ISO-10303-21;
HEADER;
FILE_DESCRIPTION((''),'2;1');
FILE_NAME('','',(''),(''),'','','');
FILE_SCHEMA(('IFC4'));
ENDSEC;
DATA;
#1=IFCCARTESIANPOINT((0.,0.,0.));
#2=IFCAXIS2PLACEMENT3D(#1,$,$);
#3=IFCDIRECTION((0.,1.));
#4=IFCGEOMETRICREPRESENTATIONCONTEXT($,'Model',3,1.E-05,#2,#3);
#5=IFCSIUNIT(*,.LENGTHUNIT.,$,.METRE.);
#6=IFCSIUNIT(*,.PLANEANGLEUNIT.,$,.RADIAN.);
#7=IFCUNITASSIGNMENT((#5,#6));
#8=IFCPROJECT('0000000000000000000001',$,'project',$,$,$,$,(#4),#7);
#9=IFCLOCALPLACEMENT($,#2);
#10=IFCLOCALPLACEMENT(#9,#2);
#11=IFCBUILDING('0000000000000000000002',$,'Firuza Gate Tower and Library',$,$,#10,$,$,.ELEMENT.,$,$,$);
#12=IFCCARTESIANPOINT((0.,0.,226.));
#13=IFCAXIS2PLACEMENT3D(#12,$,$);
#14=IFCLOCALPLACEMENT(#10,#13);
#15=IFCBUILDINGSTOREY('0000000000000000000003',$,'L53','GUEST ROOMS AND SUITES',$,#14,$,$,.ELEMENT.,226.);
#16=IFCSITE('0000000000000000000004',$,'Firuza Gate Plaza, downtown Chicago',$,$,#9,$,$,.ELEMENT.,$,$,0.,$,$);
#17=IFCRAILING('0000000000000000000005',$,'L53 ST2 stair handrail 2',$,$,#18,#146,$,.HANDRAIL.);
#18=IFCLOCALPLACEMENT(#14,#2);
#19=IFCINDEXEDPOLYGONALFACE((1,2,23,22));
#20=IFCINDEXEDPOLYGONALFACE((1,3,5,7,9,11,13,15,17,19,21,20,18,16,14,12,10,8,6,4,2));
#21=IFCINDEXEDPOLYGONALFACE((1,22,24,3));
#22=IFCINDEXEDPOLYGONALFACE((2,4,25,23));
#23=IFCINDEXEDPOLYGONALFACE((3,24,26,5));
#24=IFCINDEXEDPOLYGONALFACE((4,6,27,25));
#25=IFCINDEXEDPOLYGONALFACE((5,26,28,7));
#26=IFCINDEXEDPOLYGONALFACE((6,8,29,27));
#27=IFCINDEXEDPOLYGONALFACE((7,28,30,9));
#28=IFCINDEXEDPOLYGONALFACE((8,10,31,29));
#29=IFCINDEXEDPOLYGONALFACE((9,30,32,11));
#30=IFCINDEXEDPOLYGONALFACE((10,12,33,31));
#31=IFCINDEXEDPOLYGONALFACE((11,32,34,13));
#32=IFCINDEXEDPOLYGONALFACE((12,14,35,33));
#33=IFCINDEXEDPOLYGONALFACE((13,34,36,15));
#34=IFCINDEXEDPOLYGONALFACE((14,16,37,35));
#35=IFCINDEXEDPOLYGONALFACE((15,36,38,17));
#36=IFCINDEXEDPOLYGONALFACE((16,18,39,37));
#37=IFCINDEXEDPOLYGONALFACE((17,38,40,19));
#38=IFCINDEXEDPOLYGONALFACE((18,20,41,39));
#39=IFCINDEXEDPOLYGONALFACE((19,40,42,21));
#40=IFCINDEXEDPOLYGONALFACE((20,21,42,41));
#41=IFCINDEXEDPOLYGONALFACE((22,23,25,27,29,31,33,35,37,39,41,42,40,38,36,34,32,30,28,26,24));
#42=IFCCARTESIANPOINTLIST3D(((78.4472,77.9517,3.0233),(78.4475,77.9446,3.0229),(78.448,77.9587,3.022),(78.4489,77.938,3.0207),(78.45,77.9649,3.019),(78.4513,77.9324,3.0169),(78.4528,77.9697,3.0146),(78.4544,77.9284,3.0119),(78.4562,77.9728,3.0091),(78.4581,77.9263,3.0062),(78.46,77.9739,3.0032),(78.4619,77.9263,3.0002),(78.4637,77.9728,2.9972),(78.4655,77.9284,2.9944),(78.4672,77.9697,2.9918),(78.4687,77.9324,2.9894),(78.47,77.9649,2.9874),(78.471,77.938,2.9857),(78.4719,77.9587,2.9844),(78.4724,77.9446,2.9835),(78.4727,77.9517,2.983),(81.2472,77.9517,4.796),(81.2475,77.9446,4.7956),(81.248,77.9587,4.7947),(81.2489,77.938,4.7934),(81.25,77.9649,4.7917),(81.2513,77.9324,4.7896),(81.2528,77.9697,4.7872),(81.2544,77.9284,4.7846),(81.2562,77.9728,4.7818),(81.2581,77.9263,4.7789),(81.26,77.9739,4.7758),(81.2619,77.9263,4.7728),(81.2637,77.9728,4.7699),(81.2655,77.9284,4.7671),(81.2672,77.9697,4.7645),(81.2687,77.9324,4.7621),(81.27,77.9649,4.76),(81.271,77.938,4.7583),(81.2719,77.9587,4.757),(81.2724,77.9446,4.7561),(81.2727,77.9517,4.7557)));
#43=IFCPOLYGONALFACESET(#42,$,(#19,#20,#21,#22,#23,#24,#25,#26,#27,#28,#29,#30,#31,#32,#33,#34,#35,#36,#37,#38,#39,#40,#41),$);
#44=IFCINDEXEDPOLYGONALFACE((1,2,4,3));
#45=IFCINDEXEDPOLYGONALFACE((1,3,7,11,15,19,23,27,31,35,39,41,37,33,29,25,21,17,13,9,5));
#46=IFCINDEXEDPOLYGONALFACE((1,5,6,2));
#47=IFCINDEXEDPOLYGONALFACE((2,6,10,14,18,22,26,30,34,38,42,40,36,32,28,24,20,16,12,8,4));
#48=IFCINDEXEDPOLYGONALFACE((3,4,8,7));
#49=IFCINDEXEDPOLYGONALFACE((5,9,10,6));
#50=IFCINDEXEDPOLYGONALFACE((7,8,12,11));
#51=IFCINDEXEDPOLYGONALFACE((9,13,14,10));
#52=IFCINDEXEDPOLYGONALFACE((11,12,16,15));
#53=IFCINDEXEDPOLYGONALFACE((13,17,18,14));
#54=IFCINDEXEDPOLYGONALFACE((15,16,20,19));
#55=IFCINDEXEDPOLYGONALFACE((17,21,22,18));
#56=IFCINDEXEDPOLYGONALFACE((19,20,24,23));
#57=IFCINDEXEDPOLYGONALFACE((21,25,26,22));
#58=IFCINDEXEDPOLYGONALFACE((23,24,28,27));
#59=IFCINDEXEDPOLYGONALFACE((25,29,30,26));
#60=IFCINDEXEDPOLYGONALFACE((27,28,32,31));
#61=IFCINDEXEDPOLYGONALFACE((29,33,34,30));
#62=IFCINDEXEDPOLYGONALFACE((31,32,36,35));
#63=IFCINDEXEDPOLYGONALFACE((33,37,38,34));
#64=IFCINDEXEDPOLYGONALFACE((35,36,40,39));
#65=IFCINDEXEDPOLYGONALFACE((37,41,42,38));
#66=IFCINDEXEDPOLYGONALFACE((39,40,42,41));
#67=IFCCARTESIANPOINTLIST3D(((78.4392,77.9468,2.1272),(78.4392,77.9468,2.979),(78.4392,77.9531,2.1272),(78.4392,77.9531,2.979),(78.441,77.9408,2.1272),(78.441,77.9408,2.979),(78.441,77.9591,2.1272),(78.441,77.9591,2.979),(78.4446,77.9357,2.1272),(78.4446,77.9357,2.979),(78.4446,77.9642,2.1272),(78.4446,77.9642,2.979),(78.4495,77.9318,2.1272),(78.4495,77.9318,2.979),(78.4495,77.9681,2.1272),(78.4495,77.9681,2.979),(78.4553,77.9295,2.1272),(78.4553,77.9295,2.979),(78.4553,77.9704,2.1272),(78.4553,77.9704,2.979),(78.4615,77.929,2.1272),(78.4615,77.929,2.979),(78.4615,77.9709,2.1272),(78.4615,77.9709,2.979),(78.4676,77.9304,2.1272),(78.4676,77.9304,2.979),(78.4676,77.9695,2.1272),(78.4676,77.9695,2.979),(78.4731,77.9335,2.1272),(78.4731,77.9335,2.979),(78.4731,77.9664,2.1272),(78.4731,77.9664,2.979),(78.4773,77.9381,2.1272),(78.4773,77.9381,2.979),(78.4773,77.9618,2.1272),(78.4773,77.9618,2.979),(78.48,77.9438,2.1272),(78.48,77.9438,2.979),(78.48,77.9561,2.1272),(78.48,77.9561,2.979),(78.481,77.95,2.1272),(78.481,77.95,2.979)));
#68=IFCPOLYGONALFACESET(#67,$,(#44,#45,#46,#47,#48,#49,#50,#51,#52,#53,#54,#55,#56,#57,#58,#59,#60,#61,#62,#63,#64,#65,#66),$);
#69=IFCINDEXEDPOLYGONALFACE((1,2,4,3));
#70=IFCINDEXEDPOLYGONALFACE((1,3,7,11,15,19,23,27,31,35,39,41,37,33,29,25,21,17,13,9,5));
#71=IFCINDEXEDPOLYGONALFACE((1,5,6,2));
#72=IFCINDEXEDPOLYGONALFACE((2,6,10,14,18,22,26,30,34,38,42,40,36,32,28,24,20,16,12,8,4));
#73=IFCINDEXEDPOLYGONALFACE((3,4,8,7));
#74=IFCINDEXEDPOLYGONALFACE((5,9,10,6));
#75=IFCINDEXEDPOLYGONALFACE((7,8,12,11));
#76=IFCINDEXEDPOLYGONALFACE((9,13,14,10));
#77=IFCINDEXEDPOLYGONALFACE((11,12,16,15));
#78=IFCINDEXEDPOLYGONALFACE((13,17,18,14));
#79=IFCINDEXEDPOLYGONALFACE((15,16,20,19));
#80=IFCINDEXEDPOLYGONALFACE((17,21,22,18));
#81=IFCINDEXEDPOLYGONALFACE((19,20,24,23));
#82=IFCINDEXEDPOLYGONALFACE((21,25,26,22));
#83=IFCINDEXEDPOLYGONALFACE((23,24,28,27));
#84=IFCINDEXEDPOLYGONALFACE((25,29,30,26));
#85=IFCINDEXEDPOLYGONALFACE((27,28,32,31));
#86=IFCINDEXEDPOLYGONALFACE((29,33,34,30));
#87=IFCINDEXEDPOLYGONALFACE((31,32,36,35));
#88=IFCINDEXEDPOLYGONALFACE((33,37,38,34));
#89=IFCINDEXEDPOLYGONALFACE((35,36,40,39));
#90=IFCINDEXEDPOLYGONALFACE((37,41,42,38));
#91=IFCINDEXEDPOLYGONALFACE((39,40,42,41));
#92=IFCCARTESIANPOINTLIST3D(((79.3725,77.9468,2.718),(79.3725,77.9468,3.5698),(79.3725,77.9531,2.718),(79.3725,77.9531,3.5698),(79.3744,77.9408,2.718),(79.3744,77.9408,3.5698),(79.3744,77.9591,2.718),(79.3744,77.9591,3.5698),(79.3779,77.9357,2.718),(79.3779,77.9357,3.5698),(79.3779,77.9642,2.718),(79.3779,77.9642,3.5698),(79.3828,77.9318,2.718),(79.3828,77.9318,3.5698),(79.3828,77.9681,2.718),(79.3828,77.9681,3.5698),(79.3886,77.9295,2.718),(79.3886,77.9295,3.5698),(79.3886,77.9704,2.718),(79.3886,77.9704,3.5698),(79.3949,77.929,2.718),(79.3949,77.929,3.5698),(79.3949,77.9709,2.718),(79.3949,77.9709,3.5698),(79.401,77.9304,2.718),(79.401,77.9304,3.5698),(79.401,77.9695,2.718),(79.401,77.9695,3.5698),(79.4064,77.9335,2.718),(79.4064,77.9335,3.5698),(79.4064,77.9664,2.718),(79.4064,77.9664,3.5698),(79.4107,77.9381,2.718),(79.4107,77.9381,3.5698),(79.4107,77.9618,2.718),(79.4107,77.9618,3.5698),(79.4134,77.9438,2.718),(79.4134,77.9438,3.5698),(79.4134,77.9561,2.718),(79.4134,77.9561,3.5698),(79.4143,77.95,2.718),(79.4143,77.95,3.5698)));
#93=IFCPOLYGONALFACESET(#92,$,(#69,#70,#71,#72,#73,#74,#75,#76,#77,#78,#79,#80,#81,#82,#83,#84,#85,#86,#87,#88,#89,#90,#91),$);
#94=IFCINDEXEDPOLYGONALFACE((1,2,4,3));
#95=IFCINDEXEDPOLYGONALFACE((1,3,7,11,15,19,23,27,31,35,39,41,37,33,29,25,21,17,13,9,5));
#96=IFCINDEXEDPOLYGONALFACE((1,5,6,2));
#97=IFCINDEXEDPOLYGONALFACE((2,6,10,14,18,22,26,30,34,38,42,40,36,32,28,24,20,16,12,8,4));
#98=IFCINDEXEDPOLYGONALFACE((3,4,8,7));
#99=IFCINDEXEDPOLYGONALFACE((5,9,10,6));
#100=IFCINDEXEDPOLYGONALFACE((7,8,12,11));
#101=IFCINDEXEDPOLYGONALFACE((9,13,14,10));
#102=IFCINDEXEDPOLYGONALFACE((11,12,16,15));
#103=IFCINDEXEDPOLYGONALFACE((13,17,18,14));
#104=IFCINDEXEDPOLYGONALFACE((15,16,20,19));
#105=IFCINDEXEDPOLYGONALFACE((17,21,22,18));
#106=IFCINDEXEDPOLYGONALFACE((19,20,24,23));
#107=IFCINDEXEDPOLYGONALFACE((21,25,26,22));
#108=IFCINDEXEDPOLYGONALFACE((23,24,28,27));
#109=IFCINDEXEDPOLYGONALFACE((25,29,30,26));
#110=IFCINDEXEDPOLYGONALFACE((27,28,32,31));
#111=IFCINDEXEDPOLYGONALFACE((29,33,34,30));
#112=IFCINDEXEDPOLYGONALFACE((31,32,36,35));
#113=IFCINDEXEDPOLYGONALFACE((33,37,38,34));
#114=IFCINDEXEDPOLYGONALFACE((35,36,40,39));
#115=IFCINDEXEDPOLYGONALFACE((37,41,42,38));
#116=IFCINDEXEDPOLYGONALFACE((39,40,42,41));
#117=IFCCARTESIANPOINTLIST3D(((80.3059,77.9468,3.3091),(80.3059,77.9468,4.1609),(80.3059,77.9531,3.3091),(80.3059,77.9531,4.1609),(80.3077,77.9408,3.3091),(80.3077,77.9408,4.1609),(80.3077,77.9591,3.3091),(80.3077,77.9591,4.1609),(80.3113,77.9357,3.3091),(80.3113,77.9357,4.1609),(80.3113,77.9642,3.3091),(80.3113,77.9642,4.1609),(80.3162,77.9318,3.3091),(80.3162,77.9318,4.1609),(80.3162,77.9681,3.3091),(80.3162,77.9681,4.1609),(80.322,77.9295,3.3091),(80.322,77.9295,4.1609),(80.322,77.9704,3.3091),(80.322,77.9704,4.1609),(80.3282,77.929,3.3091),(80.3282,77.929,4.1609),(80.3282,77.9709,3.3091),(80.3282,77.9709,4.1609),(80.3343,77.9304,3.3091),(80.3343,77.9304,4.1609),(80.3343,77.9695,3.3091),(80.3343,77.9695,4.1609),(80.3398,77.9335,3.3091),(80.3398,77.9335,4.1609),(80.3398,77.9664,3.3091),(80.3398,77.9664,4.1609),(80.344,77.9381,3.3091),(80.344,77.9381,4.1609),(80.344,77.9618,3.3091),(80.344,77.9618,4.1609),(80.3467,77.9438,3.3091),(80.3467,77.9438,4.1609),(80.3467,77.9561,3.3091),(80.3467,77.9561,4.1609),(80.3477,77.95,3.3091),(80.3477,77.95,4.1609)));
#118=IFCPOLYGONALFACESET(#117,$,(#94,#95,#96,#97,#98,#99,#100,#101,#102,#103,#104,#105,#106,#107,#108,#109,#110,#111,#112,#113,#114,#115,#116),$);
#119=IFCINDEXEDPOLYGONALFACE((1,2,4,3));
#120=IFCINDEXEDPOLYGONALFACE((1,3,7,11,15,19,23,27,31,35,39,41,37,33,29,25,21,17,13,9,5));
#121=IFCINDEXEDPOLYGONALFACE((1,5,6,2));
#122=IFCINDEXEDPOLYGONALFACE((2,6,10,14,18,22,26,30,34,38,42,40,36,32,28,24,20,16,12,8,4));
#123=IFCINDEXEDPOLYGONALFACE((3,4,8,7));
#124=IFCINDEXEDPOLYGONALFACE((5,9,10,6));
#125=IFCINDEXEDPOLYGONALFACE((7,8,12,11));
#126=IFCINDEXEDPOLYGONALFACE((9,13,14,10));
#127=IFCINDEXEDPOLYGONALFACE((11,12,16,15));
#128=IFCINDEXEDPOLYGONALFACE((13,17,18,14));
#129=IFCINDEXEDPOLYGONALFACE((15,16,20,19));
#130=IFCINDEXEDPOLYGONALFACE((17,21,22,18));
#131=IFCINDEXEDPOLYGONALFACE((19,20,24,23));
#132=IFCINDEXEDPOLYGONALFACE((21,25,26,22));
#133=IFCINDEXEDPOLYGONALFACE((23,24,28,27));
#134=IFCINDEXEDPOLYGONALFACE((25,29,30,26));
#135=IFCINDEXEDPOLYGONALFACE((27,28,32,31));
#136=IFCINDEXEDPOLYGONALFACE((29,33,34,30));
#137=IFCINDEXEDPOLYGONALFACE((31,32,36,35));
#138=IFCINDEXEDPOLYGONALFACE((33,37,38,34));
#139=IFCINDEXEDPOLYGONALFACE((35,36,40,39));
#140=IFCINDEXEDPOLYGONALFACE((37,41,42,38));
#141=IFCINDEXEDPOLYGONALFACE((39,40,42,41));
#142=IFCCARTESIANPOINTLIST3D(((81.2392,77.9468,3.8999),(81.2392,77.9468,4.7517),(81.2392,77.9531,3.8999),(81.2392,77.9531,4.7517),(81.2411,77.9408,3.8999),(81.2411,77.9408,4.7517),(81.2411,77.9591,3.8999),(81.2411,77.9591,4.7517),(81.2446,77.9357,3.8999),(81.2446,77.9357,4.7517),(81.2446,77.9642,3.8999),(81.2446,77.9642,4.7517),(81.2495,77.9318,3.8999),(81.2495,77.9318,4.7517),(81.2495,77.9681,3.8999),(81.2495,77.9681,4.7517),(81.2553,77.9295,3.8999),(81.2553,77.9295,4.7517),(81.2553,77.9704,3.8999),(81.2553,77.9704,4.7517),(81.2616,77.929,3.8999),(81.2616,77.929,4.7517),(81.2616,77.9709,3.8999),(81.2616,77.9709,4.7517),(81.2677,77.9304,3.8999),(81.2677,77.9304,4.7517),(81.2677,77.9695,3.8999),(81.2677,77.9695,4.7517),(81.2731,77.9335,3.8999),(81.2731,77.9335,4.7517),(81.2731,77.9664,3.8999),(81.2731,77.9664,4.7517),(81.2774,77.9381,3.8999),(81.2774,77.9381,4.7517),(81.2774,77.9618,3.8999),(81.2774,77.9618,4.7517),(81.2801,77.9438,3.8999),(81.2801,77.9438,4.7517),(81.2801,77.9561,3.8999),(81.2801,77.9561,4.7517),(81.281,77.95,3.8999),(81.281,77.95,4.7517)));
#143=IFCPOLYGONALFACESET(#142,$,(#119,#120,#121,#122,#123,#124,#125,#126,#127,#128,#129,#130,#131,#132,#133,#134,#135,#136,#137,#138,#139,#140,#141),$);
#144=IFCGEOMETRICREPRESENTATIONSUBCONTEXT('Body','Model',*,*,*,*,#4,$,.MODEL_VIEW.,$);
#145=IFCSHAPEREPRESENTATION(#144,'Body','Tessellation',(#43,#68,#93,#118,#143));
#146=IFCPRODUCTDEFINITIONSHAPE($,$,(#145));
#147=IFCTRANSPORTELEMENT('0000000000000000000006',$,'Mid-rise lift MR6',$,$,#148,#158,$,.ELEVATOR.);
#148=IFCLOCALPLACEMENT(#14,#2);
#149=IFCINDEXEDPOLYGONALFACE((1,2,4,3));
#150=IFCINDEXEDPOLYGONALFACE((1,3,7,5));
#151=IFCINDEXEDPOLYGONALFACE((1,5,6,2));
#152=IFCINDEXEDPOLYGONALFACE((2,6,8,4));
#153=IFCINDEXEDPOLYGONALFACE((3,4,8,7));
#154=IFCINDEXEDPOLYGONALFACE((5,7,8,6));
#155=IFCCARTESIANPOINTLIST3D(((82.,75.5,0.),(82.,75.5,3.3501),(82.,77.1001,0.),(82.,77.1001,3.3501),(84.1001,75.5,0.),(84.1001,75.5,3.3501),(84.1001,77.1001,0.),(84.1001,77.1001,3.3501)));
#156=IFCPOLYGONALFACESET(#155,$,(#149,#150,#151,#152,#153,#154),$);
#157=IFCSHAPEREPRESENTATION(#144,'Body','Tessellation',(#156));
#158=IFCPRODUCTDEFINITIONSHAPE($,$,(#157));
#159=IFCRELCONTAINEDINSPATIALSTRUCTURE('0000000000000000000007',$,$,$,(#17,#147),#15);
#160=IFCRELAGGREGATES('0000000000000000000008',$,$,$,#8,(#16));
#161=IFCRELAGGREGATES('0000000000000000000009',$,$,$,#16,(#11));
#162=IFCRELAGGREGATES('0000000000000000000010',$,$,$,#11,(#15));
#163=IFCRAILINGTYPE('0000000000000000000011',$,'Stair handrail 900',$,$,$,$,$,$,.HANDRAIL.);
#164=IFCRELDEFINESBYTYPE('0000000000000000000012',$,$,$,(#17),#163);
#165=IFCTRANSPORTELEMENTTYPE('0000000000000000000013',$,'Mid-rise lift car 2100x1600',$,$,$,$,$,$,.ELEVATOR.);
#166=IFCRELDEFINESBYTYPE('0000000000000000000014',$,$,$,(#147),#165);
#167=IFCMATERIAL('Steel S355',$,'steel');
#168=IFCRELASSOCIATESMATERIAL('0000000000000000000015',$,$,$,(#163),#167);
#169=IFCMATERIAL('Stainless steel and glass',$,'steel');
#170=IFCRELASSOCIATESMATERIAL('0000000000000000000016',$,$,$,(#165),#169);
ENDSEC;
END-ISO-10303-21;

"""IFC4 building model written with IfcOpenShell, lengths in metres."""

from ifc_helpers import new_model, si_unit, direction, frame, origin, origin_2d, place, context, subcontext, project, spatial, rectangle, circle, extrude, material, type_object, element, save


model = new_model("IFC4")

# Units and contexts
model_context = context("Model", 3, precision=1e-05, world=origin(), true_north=direction((0.0, 1.0)))
body_context = subcontext(model_context, "Body", "Model", "MODEL_VIEW")
ifc_project = project(units=[si_unit("LENGTHUNIT", "METRE"), si_unit("PLANEANGLEUNIT", "RADIAN")], contexts=[model_context])

# Site, building, storey
site_placement = place(None, origin())
site = spatial("IfcSite", under=ifc_project, at=site_placement, Name="Firuza Gate Plaza, downtown Chicago", CompositionType="ELEMENT", RefElevation=0.0)
building_placement = place(site_placement, origin())
building = spatial("IfcBuilding", under=site, at=building_placement, Name="Firuza Gate Tower and Library", CompositionType="ELEMENT")
storey_placement = place(building_placement, frame((0.0, 0.0, 226.0)))
storey = spatial("IfcBuildingStorey", under=building, at=storey_placement, Name="L53", Description="GUEST ROOMS AND SUITES", CompositionType="ELEMENT", Elevation=226.0)

# Railing
ifc_material_1 = material(Name="Steel S355", Category="steel")
railing_type_1 = type_object("IfcRailingType", Name="Stair handrail 900", PredefinedType="HANDRAIL", material=ifc_material_1)
railing_1_placement = place(storey_placement, frame((78.46, 77.95, 2.1272)))
element("IfcRailing", 1, at=railing_1_placement, inside=storey, type_object=railing_type_1, Name="L53 ST2 stair handrail 2", PredefinedType="HANDRAIL", context=body_context, shape_type="SweptSolid", body=[
    extrude(circle(Radius=0.0239, at=origin_2d()), frame((0.0, 0.0, 0.876), z_axis=(0.844909, 0.0, 0.53491), x_axis=(0.0, 1.0, 0.0)), (0.0, 0.0, 1.0), 3.314),
    extrude(circle(Radius=0.021, at=origin_2d()), origin(), (0.0, 0.0, 1.0), 0.8518),
    extrude(circle(Radius=0.021, at=origin_2d()), frame((0.9333, 0.0, 0.5908)), (0.0, 0.0, 1.0), 0.8518),
    extrude(circle(Radius=0.021, at=origin_2d()), frame((1.8667, 0.0, 1.1819)), (0.0, 0.0, 1.0), 0.8518),
    extrude(circle(Radius=0.021, at=origin_2d()), frame((2.8, 0.0, 1.7727)), (0.0, 0.0, 1.0), 0.8518),
])

# Transport element
ifc_material_2 = material(Name="Stainless steel and glass", Category="steel")
transport_element_type = type_object("IfcTransportElementType", Name="Mid-rise lift car 2100x1600", PredefinedType="ELEVATOR", material=ifc_material_2)
transport_element_placement = place(storey_placement, frame((83.05, 76.3, 0.0), z_axis=(0.0, 0.0, 1.0), x_axis=(1.0, 0.0, 0.0)))
element("IfcTransportElement", 2, at=transport_element_placement, inside=storey, type_object=transport_element_type, Name="Mid-rise lift MR6", PredefinedType="ELEVATOR", context=body_context, shape_type="SweptSolid", body=[
    extrude(rectangle(XDim=2.1001, YDim=1.6001, at=origin_2d()), origin(), (0.0, 0.0, 1.0), 3.3501),
])

save(model, "model.ifc")
